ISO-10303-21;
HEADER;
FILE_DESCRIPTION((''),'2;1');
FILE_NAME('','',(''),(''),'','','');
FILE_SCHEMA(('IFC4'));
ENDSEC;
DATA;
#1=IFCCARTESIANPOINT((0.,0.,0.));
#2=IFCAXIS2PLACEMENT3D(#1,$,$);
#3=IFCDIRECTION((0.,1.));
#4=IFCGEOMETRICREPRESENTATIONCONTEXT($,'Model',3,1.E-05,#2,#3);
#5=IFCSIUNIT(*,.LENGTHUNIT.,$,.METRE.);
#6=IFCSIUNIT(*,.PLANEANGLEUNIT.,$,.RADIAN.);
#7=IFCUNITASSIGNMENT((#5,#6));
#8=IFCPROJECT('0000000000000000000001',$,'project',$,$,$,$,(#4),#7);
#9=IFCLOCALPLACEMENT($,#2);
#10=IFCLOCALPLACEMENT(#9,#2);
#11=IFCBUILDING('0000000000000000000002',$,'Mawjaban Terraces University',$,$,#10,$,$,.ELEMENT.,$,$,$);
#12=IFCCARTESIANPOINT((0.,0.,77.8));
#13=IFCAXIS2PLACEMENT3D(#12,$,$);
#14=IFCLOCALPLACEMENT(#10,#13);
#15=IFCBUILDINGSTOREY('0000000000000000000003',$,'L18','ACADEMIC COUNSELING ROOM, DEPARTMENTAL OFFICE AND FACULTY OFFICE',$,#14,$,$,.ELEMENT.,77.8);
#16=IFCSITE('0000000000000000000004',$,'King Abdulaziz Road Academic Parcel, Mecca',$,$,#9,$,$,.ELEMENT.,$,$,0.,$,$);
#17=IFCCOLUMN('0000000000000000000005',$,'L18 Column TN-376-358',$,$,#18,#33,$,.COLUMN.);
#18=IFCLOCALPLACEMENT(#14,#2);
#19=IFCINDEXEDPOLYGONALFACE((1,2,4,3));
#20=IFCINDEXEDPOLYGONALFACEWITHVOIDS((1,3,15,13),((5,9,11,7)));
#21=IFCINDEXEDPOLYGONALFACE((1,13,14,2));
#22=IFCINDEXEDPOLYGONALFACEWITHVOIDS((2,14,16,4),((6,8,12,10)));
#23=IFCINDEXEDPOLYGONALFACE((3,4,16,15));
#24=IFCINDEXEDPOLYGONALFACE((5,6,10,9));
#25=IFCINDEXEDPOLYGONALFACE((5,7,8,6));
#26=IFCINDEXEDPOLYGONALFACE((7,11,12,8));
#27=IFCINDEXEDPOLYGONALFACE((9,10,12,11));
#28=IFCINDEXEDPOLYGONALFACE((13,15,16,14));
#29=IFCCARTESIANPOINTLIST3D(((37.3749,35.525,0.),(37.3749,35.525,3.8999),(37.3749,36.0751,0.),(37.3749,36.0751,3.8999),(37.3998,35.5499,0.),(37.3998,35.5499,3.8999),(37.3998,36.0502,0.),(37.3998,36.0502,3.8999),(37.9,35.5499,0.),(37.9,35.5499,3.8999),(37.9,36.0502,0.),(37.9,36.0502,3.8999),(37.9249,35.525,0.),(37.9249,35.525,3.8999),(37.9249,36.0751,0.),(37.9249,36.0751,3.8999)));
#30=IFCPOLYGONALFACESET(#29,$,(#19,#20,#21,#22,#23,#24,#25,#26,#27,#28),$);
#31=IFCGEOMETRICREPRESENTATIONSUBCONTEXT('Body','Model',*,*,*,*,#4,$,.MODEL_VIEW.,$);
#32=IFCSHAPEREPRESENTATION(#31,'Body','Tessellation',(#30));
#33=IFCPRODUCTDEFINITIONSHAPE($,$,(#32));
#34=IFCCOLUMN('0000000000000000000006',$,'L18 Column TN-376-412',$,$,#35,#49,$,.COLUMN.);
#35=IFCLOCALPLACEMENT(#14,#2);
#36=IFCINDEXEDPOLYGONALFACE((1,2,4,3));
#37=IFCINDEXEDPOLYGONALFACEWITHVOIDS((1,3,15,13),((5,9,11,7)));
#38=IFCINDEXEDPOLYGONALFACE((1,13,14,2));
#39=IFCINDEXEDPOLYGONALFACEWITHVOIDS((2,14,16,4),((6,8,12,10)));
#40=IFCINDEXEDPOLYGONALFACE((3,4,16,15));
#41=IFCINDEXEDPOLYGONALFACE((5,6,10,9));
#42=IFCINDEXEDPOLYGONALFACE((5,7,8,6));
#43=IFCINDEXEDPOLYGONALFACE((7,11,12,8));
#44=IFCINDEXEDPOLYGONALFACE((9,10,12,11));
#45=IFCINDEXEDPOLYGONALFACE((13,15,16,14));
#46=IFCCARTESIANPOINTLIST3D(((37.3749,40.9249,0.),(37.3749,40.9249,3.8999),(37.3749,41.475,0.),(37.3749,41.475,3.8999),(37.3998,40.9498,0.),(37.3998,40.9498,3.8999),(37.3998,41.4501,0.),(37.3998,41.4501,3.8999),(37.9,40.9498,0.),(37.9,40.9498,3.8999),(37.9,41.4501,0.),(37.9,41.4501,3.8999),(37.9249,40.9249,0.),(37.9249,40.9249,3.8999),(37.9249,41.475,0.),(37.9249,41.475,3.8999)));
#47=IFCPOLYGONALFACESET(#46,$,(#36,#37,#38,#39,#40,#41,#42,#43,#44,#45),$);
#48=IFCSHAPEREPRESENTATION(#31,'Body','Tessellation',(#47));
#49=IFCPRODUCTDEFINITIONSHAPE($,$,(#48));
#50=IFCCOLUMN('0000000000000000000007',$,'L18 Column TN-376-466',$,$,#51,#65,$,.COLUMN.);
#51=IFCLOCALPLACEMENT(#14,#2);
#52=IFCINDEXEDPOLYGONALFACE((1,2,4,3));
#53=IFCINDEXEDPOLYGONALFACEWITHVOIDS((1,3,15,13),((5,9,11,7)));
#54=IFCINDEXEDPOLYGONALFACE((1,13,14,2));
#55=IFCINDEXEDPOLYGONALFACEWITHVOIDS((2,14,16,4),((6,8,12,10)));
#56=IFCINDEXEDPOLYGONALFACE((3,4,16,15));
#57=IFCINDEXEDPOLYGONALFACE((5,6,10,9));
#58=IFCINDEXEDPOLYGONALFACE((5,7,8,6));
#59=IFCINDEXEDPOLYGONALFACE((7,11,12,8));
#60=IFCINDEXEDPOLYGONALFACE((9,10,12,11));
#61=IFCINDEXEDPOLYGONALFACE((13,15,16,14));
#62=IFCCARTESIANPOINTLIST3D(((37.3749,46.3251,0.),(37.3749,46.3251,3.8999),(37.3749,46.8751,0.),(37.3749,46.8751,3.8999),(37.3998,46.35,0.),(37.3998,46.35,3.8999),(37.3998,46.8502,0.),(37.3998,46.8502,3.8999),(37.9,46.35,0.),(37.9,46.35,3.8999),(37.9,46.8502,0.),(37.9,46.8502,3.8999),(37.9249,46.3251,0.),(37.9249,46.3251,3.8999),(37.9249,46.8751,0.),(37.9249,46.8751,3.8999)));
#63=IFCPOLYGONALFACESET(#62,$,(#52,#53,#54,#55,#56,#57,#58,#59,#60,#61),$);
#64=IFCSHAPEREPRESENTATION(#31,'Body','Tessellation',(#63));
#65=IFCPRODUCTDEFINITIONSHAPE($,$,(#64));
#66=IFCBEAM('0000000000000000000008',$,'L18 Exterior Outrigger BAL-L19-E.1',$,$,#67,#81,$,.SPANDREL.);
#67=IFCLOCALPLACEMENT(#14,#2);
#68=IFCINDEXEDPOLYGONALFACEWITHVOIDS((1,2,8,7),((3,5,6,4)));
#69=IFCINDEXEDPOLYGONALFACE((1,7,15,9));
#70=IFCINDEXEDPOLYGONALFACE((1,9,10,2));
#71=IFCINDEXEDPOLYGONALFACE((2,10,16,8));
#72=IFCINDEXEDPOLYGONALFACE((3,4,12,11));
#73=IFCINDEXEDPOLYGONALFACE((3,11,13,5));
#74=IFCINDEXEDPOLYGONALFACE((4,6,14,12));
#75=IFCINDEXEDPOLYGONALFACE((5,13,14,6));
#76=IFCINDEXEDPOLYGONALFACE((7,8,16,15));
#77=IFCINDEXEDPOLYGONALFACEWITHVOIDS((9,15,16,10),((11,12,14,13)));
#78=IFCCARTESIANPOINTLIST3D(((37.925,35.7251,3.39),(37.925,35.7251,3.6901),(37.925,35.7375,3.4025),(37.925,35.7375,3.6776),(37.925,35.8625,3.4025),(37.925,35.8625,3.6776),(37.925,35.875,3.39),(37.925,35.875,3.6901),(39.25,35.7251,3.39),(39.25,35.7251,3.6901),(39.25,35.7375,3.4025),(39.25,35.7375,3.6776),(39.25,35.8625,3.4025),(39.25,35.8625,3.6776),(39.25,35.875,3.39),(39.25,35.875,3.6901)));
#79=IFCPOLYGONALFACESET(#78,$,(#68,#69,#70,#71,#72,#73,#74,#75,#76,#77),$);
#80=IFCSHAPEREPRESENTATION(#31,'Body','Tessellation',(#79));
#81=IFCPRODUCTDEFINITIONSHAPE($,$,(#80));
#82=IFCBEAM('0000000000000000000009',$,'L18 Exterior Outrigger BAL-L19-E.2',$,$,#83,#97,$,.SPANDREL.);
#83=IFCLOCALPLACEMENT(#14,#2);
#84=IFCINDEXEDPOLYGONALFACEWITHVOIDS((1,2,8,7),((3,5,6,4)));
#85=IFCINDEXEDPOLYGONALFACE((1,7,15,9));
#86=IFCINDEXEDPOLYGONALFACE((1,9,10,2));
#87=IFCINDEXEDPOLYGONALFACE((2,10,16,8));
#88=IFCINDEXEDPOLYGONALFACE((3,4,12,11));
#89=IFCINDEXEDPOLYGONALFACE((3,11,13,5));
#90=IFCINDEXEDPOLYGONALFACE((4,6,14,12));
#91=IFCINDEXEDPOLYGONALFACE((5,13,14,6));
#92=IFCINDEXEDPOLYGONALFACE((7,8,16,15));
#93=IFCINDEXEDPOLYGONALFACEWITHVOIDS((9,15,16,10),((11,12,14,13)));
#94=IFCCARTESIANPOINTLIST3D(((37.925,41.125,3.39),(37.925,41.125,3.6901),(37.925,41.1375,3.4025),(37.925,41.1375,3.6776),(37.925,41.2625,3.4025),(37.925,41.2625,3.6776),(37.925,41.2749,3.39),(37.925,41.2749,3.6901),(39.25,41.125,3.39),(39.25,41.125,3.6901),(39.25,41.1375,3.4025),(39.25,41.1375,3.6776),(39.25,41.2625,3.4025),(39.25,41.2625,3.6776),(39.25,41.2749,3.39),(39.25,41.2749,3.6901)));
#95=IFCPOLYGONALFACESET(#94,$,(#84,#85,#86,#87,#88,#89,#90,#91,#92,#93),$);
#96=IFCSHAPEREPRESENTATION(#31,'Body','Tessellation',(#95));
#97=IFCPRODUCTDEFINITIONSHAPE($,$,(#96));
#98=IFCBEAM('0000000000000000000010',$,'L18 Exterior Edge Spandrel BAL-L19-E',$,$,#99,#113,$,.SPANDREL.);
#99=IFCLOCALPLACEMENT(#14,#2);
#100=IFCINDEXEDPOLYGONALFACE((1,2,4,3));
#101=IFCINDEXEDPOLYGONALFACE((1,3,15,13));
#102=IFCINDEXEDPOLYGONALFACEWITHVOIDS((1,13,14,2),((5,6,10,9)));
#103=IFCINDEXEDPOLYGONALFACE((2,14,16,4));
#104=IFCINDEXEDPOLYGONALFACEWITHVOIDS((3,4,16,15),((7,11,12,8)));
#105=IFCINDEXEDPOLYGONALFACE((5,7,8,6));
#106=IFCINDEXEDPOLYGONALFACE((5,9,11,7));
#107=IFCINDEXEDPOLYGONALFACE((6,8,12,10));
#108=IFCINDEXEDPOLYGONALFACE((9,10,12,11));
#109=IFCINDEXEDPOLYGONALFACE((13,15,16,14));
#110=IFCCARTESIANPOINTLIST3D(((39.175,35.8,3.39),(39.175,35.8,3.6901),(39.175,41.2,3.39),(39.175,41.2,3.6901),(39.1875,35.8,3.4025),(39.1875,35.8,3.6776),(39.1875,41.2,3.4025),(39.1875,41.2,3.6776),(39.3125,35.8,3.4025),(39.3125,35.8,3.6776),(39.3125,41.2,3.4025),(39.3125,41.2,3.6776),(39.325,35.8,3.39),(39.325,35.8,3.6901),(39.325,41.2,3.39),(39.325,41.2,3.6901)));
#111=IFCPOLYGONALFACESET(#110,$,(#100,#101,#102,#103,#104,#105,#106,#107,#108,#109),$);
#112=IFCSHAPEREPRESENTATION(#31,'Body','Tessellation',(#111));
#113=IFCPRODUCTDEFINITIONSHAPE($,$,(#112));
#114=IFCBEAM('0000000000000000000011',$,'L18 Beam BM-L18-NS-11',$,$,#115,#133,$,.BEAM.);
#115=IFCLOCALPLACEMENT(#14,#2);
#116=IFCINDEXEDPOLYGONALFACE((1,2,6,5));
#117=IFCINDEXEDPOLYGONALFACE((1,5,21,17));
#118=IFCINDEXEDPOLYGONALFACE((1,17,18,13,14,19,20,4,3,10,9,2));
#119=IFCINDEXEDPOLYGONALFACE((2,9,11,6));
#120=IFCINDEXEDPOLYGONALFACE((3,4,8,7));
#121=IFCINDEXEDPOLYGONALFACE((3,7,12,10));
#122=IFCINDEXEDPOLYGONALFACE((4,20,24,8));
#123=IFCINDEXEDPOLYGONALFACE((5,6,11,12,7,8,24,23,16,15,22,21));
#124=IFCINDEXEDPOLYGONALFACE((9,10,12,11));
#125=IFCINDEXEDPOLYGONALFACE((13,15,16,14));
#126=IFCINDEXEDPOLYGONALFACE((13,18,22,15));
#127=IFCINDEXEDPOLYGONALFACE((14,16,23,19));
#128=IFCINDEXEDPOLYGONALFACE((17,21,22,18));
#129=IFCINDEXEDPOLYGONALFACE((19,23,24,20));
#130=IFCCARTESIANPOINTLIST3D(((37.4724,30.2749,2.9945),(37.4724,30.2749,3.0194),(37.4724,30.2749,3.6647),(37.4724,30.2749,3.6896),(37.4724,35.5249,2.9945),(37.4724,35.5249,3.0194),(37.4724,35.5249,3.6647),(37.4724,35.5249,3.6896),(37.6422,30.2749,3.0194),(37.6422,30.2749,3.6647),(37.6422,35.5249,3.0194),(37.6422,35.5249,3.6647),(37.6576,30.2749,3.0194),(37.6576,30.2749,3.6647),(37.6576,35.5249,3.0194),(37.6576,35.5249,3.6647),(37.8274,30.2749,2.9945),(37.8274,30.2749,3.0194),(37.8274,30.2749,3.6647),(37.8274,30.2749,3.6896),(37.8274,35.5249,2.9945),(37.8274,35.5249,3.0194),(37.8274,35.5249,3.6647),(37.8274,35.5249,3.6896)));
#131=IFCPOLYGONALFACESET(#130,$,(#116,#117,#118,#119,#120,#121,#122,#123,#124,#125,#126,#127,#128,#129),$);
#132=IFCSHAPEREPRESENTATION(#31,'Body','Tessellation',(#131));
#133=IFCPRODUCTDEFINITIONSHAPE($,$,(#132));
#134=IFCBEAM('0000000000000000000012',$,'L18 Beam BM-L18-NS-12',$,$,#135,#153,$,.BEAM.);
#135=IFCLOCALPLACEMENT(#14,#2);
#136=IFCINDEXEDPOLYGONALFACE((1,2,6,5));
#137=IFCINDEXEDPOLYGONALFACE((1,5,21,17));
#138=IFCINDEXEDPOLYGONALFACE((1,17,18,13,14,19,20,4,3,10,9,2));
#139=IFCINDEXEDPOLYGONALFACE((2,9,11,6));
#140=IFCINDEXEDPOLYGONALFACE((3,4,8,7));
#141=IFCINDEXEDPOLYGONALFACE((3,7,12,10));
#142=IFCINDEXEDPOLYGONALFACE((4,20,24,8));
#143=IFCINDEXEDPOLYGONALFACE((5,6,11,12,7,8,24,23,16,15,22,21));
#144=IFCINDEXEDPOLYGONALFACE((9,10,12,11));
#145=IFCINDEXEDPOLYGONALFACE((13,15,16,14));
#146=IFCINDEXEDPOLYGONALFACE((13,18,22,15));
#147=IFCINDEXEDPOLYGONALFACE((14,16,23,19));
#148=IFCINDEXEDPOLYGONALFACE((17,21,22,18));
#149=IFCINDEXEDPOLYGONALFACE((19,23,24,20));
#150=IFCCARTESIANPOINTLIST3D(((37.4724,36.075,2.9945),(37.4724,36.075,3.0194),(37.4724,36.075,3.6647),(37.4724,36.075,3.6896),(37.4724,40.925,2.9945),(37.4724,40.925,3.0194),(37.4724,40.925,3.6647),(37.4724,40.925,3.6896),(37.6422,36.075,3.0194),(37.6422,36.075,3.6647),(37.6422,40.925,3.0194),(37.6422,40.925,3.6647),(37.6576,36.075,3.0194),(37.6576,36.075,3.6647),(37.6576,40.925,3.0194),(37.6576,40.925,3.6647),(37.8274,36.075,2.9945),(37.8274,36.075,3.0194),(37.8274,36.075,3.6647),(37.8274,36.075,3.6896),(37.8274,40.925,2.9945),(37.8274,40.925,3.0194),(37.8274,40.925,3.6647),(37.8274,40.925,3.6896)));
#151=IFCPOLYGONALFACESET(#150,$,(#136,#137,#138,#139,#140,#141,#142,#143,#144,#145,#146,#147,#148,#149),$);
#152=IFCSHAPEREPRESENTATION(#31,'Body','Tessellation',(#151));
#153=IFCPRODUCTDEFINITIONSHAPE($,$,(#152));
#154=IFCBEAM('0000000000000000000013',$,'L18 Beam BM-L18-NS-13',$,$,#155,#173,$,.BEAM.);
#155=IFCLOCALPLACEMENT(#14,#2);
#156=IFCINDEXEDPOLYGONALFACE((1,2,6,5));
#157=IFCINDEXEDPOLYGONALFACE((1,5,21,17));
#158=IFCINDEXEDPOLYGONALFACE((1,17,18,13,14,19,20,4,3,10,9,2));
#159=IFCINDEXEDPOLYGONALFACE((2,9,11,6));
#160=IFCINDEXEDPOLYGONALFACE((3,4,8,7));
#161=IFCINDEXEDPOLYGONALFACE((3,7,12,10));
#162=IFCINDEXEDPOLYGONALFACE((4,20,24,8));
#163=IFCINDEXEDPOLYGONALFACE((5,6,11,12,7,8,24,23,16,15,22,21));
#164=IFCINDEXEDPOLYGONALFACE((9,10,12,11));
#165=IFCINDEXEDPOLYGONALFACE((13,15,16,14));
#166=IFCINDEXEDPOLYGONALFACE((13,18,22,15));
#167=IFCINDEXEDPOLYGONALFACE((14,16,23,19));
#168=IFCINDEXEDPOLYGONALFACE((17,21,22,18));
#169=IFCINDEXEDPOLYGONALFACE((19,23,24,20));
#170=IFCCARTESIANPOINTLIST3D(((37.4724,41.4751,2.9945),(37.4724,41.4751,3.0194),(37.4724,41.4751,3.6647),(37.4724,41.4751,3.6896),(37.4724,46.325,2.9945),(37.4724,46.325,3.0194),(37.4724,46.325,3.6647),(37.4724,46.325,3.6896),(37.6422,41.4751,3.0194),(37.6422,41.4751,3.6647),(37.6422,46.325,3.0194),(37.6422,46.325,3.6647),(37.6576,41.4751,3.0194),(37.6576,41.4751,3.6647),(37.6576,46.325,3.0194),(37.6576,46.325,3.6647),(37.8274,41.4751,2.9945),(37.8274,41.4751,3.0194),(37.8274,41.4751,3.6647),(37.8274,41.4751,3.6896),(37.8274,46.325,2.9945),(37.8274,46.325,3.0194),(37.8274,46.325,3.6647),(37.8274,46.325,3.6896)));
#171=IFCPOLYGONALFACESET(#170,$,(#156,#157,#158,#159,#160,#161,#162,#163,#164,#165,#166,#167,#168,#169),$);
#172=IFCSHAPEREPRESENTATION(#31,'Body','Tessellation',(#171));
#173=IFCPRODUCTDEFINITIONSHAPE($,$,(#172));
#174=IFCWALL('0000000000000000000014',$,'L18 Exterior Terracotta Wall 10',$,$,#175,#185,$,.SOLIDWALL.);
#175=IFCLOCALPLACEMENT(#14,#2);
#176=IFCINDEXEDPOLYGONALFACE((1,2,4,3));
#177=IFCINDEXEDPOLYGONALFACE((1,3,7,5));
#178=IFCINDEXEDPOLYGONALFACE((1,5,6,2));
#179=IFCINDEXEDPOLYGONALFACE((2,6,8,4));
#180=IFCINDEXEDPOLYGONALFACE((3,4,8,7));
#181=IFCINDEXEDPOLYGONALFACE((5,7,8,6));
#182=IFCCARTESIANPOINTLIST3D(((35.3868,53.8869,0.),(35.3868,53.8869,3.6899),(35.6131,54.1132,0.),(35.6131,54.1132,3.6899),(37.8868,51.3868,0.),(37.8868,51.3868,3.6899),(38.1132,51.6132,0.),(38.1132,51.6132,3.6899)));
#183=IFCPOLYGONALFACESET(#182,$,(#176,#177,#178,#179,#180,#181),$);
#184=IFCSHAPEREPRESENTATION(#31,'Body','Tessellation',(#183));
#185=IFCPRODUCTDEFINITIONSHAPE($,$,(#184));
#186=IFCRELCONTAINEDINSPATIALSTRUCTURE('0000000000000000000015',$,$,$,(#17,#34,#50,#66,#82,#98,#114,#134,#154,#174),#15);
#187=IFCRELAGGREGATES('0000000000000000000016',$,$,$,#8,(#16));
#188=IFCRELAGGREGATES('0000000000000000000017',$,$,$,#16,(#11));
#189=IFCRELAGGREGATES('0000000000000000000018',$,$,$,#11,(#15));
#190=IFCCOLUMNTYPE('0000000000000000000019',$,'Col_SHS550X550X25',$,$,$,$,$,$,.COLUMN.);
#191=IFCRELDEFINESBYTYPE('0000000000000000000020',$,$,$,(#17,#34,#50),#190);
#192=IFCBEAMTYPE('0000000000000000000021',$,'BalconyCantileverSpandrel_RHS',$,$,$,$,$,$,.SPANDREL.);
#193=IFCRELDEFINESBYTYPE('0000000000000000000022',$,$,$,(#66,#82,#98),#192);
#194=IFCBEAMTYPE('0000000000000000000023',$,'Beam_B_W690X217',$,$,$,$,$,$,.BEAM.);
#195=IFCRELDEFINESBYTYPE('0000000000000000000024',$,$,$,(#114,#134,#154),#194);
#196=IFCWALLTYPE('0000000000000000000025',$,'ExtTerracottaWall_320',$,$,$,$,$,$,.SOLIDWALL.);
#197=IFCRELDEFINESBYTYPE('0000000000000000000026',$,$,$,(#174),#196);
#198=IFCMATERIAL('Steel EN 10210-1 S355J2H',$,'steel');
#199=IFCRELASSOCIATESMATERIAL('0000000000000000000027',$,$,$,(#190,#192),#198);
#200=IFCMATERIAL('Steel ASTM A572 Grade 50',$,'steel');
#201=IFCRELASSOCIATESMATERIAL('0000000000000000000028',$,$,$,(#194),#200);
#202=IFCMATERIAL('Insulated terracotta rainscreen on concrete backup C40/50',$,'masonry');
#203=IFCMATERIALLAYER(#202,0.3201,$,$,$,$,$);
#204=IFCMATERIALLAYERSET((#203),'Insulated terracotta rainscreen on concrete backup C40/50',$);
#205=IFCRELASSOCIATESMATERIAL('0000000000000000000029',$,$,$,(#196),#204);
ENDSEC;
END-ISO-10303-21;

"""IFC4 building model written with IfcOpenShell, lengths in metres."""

from ifc_helpers import new_model, si_unit, direction, frame, frame_2d, origin, origin_2d, place, context, subcontext, project, spatial, rectangle, hollow_rectangle, i_section, extrude, material, layer, layer_set, material_profile, profile_set, type_object, element, save


model = new_model("IFC4")

# Units and contexts
model_context = context("Model", 3, precision=1e-05, world=origin(), true_north=direction((0.0, 1.0)))
body_context = subcontext(model_context, "Body", "Model", "MODEL_VIEW")
ifc_project = project(units=[si_unit("LENGTHUNIT", "METRE"), si_unit("PLANEANGLEUNIT", "RADIAN")], contexts=[model_context])

# Site, building, storey
site_placement = place(None, origin())
site = spatial("IfcSite", under=ifc_project, at=site_placement, Name="King Abdulaziz Road Academic Parcel, Mecca", CompositionType="ELEMENT", RefElevation=0.0)
building_placement = place(site_placement, origin())
building = spatial("IfcBuilding", under=site, at=building_placement, Name="Mawjaban Terraces University", CompositionType="ELEMENT")
storey_placement = place(building_placement, frame((0.0, 0.0, 77.8)))
storey = spatial("IfcBuildingStorey", under=building, at=storey_placement, Name="L18", Description="ACADEMIC COUNSELING ROOM, DEPARTMENTAL OFFICE AND FACULTY OFFICE", CompositionType="ELEMENT", Elevation=77.8)

# Columns
ifc_material_1 = material(Name="Steel EN 10210-1 S355J2H", Category="steel")
ifc_material_profile_1 = material_profile(ifc_material_1, hollow_rectangle(XDim=0.55, YDim=0.55, WallThickness=0.0249, at=origin_2d()), Name="SHS550X550X25")
ifc_profile_set_1 = profile_set([ifc_material_profile_1], Name="Steel EN 10210-1 S355J2H")
column_type = type_object("IfcColumnType", Name="Col_SHS550X550X25", PredefinedType="COLUMN", material=ifc_profile_set_1)
for number, where, z_axis, x_axis, name in (
    (1, (37.6499, 35.8, 0.0), (0.0, 0.0, 1.0), (1.0, 0.0, 0.0), "L18 Column TN-376-358"),
    (2, (37.6499, 41.2, 0.0), (0.0, 0.0, 1.0), (1.0, 0.0, 0.0), "L18 Column TN-376-412"),
    (3, (37.6499, 46.6001, 0.0), (0.0, 0.0, 1.0), (1.0, 0.0, 0.0), "L18 Column TN-376-466"),
):
    element("IfcColumn", number, at=place(storey_placement, frame(where, z_axis=z_axis, x_axis=x_axis)), inside=storey, type_object=column_type, Name=name, PredefinedType="COLUMN", context=body_context, shape_type="SweptSolid", body=[
        extrude(hollow_rectangle(XDim=0.55, YDim=0.55, WallThickness=0.0249, at=origin_2d()), origin(), (0.0, 0.0, 1.0), 3.8999),
    ])

# Beams
ifc_material_profile_2 = material_profile(ifc_material_1, hollow_rectangle(XDim=0.1499, YDim=0.3, WallThickness=0.0125, at=origin_2d()), Name="RHS300X150X12.5")
ifc_profile_set_2 = profile_set([ifc_material_profile_2], Name="Steel EN 10210-1 S355J2H")
beam_type_1 = type_object("IfcBeamType", Name="BalconyCantileverSpandrel_RHS", PredefinedType="SPANDREL", material=ifc_profile_set_2)
for number, where, z_axis, x_axis, name in (
    (4, (37.925, 35.8, 3.54), (1.0, 0.0, 0.0), (0.0, 1.0, 0.0), "L18 Exterior Outrigger BAL-L19-E.1"),
    (5, (37.925, 41.2, 3.54), (1.0, 0.0, 0.0), (0.0, 1.0, 0.0), "L18 Exterior Outrigger BAL-L19-E.2"),
):
    element("IfcBeam", number, at=place(storey_placement, frame(where, z_axis=z_axis, x_axis=x_axis)), inside=storey, type_object=beam_type_1, Name=name, PredefinedType="SPANDREL", context=body_context, shape_type="SweptSolid", body=[
        extrude(hollow_rectangle(XDim=0.1499, YDim=0.3, WallThickness=0.0125, at=origin_2d()), origin(), (0.0, 0.0, 1.0), 1.325),
    ])
beam_1_placement = place(storey_placement, frame((39.25, 35.8, 3.54), z_axis=(0.0, 1.0, 0.0), x_axis=(-1.0, 0.0, 0.0)))
element("IfcBeam", 6, at=beam_1_placement, inside=storey, type_object=beam_type_1, Name="L18 Exterior Edge Spandrel BAL-L19-E", PredefinedType="SPANDREL", context=body_context, shape_type="SweptSolid", body=[
    extrude(hollow_rectangle(XDim=0.1499, YDim=0.3, WallThickness=0.0125, at=origin_2d()), origin(), (0.0, 0.0, 1.0), 5.3999),
])
ifc_material_2 = material(Name="Steel ASTM A572 Grade 50", Category="steel")
ifc_material_profile_3 = material_profile(ifc_material_2, i_section(OverallWidth=0.355, OverallDepth=0.6951, WebThickness=0.0154, FlangeThickness=0.0249, at=origin_2d()), Name="W690X217")
ifc_profile_set_3 = profile_set([ifc_material_profile_3], Name="Steel ASTM A572 Grade 50")
beam_type_2 = type_object("IfcBeamType", Name="Beam_B_W690X217", PredefinedType="BEAM", material=ifc_profile_set_3)
beam_2_placement = place(storey_placement, frame((37.6499, 30.2749, 3.342), z_axis=(0.0, 1.0, 0.0), x_axis=(-1.0, 0.0, 0.0)))
element("IfcBeam", 7, at=beam_2_placement, inside=storey, type_object=beam_type_2, Name="L18 Beam BM-L18-NS-11", PredefinedType="BEAM", context=body_context, shape_type="SweptSolid", body=[
    extrude(i_section(OverallWidth=0.355, OverallDepth=0.6951, WebThickness=0.0154, FlangeThickness=0.0249, at=origin_2d()), origin(), (0.0, 0.0, 1.0), 5.25),
])
beam_3_placement = place(storey_placement, frame((37.6499, 36.075, 3.342), z_axis=(0.0, 1.0, 0.0), x_axis=(-1.0, 0.0, 0.0)))
element("IfcBeam", 8, at=beam_3_placement, inside=storey, type_object=beam_type_2, Name="L18 Beam BM-L18-NS-12", PredefinedType="BEAM", context=body_context, shape_type="SweptSolid", body=[
    extrude(i_section(OverallWidth=0.355, OverallDepth=0.6951, WebThickness=0.0154, FlangeThickness=0.0249, at=origin_2d()), origin(), (0.0, 0.0, 1.0), 4.8501),
])
beam_4_placement = place(storey_placement, frame((37.6499, 41.4751, 3.342), z_axis=(0.0, 1.0, 0.0), x_axis=(-1.0, 0.0, 0.0)))
element("IfcBeam", 9, at=beam_4_placement, inside=storey, type_object=beam_type_2, Name="L18 Beam BM-L18-NS-13", PredefinedType="BEAM", context=body_context, shape_type="SweptSolid", body=[
    extrude(i_section(OverallWidth=0.355, OverallDepth=0.6951, WebThickness=0.0154, FlangeThickness=0.0249, at=origin_2d()), origin(), (0.0, 0.0, 1.0), 4.8499),
])

# Wall
ifc_material_3 = material(Name="Insulated terracotta rainscreen on concrete backup C40/50", Category="masonry")
ifc_layer_1 = layer(ifc_material_3, 0.3201)
ifc_layer_set_1 = layer_set([ifc_layer_1], Name="Insulated terracotta rainscreen on concrete backup C40/50")
wall_type_1 = type_object("IfcWallType", Name="ExtTerracottaWall_320", PredefinedType="SOLIDWALL", material=ifc_layer_set_1)
wall_1_placement = place(storey_placement, frame((38.0, 51.5, 0.0), z_axis=(0.0, 0.0, 1.0), x_axis=(-0.707107, 0.707107, 0.0)))
element("IfcWall", 10, at=wall_1_placement, inside=storey, type_object=wall_type_1, Name="L18 Exterior Terracotta Wall 10", PredefinedType="SOLIDWALL", context=body_context, shape_type="SweptSolid", body=[
    extrude(rectangle(XDim=3.5356, YDim=0.3201, at=frame_2d((1.7678, 0.0))), origin(), (0.0, 0.0, 1.0), 3.6899),
])

save(model, "model.ifc")
